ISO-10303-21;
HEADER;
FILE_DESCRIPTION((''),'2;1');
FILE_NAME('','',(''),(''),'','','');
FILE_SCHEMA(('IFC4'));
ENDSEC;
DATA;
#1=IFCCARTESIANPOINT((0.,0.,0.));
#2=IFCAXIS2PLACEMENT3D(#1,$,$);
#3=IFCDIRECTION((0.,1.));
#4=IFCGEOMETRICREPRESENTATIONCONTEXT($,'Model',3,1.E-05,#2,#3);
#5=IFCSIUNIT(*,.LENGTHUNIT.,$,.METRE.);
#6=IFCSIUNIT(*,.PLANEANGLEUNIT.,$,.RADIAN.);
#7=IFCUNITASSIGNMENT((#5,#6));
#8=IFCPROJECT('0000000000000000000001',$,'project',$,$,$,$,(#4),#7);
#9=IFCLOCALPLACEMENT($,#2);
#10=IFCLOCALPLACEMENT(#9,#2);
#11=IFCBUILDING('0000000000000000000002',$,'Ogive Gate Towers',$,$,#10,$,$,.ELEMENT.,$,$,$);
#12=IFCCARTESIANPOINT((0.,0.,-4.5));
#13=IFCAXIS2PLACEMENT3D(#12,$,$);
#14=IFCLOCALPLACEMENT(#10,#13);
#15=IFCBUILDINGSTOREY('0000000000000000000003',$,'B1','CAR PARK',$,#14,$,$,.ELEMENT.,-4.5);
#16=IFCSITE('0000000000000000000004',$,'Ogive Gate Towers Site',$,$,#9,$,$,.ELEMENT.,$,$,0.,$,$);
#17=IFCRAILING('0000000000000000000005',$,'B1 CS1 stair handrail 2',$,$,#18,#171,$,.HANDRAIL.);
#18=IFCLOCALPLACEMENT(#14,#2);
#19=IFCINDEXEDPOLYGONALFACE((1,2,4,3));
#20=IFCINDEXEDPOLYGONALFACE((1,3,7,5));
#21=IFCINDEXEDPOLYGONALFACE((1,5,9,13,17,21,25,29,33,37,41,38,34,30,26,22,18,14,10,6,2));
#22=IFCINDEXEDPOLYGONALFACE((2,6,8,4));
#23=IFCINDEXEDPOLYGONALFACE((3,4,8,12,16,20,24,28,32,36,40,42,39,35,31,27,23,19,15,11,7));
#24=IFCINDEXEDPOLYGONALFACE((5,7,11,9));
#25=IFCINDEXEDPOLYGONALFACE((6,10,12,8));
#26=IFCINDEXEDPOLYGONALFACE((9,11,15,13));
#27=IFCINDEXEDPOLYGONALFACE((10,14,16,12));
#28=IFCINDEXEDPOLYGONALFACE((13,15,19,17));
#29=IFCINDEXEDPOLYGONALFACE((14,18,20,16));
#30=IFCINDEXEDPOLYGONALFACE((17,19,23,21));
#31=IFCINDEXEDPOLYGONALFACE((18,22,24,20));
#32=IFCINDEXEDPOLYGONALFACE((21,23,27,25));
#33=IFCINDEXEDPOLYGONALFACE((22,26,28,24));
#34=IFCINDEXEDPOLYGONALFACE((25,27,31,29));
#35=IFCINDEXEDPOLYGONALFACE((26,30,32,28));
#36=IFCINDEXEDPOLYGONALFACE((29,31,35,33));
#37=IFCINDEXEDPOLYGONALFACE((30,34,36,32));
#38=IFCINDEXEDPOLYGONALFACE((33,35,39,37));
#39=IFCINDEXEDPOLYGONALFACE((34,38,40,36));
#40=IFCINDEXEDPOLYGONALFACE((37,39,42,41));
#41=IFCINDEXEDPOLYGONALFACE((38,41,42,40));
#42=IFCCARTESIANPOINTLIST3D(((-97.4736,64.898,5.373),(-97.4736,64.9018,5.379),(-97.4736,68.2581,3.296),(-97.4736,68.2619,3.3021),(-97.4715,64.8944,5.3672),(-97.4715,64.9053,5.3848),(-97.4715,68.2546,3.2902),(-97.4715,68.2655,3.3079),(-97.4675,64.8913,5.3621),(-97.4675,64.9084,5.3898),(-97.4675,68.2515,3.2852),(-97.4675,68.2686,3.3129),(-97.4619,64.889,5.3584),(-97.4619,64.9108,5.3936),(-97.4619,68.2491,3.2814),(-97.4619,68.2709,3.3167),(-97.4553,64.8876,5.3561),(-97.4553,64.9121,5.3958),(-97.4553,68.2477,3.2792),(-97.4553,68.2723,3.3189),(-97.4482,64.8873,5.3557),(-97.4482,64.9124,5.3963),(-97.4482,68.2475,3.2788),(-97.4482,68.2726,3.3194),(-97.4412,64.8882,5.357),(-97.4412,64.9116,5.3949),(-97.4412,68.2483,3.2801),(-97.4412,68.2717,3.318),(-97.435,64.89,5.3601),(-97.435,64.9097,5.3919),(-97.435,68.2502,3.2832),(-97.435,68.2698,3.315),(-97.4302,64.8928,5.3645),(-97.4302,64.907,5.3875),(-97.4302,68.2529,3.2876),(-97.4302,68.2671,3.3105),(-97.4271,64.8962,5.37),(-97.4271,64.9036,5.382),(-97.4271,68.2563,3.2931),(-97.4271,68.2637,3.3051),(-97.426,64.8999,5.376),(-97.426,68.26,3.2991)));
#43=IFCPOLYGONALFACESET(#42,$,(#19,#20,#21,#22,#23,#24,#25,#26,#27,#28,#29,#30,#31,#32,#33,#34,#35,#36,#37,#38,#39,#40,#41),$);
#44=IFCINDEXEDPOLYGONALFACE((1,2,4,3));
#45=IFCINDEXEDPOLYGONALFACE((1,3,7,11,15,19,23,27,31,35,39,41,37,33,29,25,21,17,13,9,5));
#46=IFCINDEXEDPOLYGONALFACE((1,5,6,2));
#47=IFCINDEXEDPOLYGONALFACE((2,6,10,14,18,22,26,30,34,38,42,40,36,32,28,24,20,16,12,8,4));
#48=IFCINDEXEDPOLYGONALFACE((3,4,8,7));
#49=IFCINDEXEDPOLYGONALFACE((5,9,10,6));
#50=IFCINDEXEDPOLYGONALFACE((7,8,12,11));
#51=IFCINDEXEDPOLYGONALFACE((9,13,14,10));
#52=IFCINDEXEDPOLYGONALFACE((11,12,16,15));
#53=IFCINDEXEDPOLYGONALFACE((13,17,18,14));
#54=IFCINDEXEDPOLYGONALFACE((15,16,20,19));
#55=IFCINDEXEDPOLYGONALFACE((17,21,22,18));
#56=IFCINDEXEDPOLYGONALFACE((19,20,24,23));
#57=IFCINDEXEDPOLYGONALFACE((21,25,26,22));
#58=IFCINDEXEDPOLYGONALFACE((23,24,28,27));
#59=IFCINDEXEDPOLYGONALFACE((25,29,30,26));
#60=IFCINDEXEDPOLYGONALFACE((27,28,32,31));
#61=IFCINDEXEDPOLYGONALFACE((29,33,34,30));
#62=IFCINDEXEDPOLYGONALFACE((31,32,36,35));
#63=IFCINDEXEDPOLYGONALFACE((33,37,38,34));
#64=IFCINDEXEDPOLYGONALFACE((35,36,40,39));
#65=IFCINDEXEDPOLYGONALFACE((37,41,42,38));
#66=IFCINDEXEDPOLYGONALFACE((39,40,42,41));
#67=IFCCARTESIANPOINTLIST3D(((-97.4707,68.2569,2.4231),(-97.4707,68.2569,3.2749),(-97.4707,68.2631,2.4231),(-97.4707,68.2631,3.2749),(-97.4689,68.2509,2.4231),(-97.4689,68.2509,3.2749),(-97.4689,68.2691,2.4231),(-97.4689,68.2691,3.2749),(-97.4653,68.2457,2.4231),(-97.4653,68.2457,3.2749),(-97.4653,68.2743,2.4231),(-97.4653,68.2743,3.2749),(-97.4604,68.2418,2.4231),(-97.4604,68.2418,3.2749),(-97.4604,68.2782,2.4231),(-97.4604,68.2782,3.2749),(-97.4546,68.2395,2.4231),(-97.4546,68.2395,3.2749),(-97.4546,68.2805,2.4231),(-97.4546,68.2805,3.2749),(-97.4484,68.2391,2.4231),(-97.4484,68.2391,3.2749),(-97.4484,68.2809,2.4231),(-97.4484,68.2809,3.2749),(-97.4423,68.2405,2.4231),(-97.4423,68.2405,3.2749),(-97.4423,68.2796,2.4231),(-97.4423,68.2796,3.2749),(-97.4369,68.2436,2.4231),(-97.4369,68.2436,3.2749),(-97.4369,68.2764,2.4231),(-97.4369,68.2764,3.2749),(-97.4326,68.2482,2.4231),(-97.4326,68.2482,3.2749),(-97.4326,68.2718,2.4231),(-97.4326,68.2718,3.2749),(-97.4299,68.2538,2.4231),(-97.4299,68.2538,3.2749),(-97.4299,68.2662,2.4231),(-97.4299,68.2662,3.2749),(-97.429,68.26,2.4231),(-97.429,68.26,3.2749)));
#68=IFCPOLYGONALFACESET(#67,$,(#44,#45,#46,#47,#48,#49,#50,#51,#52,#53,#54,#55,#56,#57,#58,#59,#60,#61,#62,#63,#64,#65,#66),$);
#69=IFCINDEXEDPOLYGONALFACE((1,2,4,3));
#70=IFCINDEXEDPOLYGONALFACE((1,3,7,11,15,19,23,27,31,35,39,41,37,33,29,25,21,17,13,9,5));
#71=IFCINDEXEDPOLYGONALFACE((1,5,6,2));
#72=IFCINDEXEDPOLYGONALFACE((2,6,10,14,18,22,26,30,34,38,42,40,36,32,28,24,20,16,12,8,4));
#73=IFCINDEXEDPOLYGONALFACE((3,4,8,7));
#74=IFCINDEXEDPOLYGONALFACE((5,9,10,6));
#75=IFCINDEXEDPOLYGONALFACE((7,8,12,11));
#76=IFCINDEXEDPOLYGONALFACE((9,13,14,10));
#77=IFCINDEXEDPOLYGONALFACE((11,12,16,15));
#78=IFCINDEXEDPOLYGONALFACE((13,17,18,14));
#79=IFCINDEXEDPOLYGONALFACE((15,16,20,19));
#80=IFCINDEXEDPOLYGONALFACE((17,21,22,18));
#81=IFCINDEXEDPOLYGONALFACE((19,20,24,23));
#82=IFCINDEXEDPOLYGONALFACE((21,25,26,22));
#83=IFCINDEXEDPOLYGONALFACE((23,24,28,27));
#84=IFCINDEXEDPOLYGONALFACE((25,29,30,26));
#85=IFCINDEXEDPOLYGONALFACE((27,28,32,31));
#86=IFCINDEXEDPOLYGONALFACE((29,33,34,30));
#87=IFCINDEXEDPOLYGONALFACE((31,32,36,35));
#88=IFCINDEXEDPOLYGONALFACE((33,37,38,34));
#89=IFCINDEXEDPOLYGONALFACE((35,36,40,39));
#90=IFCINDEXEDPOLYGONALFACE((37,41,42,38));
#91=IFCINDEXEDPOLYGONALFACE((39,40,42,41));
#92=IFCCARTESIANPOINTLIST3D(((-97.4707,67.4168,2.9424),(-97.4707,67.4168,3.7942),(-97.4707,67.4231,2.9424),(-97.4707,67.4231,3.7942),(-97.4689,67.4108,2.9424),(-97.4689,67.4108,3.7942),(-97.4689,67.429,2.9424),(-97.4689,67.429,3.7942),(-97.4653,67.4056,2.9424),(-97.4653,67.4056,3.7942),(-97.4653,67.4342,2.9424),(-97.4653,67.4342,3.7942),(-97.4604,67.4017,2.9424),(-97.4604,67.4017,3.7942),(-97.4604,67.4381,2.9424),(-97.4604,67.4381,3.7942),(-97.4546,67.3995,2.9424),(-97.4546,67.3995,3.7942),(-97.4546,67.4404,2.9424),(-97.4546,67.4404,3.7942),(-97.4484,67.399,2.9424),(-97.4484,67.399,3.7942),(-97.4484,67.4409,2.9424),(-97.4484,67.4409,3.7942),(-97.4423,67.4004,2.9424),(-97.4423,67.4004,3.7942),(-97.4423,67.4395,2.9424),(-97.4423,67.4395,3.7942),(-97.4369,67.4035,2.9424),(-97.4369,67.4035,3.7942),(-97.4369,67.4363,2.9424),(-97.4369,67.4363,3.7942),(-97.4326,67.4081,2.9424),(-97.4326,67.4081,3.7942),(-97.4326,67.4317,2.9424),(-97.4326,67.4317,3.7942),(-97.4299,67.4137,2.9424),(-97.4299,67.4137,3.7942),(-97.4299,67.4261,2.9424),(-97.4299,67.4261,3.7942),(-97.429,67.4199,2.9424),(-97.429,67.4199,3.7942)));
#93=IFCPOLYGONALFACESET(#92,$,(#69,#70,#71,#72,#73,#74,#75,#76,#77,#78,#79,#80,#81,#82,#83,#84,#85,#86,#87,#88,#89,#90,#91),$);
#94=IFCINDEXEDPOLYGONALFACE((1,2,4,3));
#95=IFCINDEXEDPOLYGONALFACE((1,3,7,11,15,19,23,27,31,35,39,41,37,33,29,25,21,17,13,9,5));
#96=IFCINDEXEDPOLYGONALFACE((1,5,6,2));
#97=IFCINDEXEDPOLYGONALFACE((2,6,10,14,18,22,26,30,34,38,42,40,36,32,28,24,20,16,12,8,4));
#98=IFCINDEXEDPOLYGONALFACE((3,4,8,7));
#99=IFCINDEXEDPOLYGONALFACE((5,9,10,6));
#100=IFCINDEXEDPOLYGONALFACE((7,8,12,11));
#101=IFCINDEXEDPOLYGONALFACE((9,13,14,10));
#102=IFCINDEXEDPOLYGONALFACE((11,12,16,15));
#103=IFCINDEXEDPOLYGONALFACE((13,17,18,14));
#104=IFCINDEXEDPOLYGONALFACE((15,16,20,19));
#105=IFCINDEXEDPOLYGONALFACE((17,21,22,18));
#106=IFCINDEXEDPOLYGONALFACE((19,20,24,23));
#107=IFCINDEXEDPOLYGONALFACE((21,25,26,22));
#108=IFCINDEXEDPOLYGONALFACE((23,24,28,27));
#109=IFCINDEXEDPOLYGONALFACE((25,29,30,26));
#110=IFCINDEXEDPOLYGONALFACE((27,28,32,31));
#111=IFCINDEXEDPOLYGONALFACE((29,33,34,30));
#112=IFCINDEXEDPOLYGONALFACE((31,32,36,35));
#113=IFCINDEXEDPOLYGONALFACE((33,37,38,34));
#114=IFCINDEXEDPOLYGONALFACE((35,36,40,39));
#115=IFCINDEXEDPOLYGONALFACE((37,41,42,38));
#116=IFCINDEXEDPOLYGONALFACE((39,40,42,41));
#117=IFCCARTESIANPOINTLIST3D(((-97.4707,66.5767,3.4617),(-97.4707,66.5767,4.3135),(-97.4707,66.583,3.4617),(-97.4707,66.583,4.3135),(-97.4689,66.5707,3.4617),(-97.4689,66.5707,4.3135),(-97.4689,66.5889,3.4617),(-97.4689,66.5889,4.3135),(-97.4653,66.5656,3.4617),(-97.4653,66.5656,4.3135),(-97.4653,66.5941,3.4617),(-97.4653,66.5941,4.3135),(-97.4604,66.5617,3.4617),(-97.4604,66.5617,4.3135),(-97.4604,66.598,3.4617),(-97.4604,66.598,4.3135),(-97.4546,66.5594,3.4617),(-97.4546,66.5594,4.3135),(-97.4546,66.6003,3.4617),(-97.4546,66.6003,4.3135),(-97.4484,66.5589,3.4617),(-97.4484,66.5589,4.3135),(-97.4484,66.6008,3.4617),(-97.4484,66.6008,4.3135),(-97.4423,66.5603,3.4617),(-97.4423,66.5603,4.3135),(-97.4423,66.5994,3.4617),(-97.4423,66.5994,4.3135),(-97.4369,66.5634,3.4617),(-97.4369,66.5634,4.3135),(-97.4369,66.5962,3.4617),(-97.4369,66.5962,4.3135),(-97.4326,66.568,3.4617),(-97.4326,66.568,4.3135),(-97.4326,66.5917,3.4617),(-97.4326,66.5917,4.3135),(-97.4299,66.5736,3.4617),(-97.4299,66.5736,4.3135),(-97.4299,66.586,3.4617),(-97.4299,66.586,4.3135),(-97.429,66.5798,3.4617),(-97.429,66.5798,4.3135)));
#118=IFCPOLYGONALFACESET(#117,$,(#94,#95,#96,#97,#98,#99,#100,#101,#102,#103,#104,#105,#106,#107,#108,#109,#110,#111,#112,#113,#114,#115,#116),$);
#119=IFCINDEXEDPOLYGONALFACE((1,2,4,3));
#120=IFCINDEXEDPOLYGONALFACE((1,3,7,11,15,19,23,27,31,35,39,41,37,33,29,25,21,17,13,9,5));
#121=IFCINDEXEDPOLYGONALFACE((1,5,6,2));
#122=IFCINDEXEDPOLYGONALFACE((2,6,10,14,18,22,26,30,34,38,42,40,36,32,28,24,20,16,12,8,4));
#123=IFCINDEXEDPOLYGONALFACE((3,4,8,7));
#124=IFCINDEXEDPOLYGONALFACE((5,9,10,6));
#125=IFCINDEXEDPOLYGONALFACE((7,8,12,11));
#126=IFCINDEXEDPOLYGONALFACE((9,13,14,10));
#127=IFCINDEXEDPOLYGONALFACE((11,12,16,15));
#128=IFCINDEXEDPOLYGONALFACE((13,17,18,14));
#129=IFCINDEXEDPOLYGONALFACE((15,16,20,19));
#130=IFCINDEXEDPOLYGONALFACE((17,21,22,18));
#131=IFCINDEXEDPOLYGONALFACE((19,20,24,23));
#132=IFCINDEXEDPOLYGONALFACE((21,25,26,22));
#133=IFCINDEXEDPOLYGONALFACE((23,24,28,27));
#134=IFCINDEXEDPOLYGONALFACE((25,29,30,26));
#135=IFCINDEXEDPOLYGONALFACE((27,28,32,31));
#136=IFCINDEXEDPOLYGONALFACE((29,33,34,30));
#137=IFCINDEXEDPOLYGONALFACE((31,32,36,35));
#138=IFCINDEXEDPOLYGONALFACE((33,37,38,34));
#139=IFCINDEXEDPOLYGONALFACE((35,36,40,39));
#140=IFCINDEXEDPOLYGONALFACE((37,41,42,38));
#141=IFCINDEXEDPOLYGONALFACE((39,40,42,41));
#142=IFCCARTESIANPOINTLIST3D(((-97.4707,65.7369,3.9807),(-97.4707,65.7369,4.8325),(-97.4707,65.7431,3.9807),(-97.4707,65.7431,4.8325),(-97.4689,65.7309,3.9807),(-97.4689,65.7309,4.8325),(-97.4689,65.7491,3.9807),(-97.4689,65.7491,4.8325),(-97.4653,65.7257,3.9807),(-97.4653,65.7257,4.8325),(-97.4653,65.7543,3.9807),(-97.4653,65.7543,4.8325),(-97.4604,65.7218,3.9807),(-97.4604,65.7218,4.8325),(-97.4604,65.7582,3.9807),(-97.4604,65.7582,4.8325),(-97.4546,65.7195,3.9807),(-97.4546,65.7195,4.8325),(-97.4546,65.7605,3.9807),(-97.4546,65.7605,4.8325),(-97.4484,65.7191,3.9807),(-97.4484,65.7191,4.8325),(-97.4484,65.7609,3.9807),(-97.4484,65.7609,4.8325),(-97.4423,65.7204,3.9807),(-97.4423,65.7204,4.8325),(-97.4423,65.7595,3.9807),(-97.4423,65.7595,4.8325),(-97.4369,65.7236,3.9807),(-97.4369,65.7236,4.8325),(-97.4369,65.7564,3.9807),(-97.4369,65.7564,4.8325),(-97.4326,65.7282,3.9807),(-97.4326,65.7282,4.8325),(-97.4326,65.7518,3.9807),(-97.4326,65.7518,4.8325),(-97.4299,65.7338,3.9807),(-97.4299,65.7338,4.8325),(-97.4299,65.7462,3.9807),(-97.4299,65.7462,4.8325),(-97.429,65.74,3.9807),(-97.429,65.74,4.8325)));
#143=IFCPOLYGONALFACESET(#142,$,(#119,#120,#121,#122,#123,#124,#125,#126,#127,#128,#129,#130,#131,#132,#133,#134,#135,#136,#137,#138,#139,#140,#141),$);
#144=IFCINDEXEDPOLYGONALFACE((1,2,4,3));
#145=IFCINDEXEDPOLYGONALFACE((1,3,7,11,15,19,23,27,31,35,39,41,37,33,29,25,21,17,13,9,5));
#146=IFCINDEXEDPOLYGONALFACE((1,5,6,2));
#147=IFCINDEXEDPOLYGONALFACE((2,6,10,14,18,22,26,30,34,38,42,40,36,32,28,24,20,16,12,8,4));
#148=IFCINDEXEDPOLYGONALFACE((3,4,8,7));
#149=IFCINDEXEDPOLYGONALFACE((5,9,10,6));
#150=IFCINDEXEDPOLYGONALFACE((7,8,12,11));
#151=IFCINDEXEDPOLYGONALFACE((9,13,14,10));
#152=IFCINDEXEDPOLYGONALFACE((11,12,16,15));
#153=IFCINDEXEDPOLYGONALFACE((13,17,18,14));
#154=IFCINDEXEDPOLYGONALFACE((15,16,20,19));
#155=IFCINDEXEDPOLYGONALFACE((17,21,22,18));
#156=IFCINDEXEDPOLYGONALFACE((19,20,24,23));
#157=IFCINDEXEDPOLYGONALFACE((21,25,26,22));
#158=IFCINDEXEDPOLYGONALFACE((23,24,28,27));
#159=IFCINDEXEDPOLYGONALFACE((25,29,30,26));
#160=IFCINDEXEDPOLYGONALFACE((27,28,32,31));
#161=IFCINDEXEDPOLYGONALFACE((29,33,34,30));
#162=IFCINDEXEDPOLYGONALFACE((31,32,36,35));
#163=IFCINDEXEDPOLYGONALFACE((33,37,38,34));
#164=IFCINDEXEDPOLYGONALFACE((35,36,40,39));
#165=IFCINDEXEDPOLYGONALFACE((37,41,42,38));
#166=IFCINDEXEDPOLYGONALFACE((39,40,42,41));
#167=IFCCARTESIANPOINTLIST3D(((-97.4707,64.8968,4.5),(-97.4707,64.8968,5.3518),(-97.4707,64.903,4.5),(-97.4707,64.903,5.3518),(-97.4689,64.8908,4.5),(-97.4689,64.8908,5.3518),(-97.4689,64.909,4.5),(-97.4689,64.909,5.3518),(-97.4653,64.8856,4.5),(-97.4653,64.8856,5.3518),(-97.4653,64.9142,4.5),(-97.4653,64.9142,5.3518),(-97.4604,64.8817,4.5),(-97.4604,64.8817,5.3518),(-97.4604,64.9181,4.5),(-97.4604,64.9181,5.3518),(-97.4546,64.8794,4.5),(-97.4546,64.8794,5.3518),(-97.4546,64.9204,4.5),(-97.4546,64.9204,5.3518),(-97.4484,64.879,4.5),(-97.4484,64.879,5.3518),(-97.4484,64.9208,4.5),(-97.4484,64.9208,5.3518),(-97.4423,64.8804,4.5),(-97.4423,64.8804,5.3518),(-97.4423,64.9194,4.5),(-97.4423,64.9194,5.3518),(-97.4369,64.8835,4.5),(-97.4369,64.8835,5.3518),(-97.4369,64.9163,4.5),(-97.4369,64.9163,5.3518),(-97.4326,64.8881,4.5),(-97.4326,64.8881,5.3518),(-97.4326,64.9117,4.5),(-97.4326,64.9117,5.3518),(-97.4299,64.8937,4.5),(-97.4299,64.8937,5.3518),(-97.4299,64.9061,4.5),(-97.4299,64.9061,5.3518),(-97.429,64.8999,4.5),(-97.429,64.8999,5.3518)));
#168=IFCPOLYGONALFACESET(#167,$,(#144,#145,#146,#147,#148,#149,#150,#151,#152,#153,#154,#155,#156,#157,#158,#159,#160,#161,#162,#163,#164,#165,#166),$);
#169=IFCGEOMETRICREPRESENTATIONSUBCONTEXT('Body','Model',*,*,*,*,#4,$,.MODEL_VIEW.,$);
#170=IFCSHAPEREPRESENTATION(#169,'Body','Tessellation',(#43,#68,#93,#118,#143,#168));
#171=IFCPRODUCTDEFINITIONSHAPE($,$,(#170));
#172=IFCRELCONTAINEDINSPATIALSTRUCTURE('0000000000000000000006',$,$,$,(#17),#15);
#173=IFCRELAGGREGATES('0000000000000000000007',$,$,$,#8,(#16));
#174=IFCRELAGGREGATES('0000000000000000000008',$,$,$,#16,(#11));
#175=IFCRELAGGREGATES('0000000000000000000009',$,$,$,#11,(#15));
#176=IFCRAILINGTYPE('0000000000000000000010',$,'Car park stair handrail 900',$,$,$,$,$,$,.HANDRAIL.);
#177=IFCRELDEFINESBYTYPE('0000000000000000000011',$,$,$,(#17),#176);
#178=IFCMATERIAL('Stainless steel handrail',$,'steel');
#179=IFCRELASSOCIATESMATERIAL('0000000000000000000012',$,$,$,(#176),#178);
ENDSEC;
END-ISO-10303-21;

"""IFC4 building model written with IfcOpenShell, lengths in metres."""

from ifc_helpers import new_model, si_unit, direction, frame, origin, origin_2d, place, context, subcontext, project, spatial, circle, extrude, material, type_object, element, save


model = new_model("IFC4")

# Units and contexts
model_context = context("Model", 3, precision=1e-05, world=origin(), true_north=direction((0.0, 1.0)))
body_context = subcontext(model_context, "Body", "Model", "MODEL_VIEW")
ifc_project = project(units=[si_unit("LENGTHUNIT", "METRE"), si_unit("PLANEANGLEUNIT", "RADIAN")], contexts=[model_context])

# Site, building, storey
site_placement = place(None, origin())
site = spatial("IfcSite", under=ifc_project, at=site_placement, Name="Ogive Gate Towers Site", CompositionType="ELEMENT", RefElevation=0.0)
building_placement = place(site_placement, origin())
building = spatial("IfcBuilding", under=site, at=building_placement, Name="Ogive Gate Towers", CompositionType="ELEMENT")
storey_placement = place(building_placement, frame((0.0, 0.0, -4.5)))
storey = spatial("IfcBuildingStorey", under=building, at=storey_placement, Name="B1", Description="CAR PARK", CompositionType="ELEMENT", Elevation=-4.5)

# Railing
ifc_material_1 = material(Name="Stainless steel handrail", Category="steel")
railing_type_1 = type_object("IfcRailingType", Name="Car park stair handrail 900", PredefinedType="HANDRAIL", material=ifc_material_1)
railing_1_placement = place(storey_placement, frame((-97.45, 68.26, 2.4231)))
element("IfcRailing", 1, at=railing_1_placement, inside=storey, type_object=railing_type_1, Name="B1 CS1 stair handrail 2", PredefinedType="HANDRAIL", context=body_context, shape_type="SweptSolid", body=[
    extrude(circle(Radius=0.0239, at=origin_2d()), frame((0.0, 0.0, 0.876), z_axis=(0.0, -0.850623, 0.525776), x_axis=(1.0, 0.0, 0.0)), (0.0, 0.0, 1.0), 3.9502),
    extrude(circle(Radius=0.021, at=origin_2d()), origin(), (0.0, 0.0, 1.0), 0.8518),
    extrude(circle(Radius=0.021, at=origin_2d()), frame((0.0, -0.8401, 0.5193)), (0.0, 0.0, 1.0), 0.8518),
    extrude(circle(Radius=0.021, at=origin_2d()), frame((0.0, -1.6802, 1.0386)), (0.0, 0.0, 1.0), 0.8518),
    extrude(circle(Radius=0.021, at=origin_2d()), frame((0.0, -2.52, 1.5576)), (0.0, 0.0, 1.0), 0.8518),
    extrude(circle(Radius=0.021, at=origin_2d()), frame((0.0, -3.3601, 2.0769)), (0.0, 0.0, 1.0), 0.8518),
])

save(model, "model.ifc")
